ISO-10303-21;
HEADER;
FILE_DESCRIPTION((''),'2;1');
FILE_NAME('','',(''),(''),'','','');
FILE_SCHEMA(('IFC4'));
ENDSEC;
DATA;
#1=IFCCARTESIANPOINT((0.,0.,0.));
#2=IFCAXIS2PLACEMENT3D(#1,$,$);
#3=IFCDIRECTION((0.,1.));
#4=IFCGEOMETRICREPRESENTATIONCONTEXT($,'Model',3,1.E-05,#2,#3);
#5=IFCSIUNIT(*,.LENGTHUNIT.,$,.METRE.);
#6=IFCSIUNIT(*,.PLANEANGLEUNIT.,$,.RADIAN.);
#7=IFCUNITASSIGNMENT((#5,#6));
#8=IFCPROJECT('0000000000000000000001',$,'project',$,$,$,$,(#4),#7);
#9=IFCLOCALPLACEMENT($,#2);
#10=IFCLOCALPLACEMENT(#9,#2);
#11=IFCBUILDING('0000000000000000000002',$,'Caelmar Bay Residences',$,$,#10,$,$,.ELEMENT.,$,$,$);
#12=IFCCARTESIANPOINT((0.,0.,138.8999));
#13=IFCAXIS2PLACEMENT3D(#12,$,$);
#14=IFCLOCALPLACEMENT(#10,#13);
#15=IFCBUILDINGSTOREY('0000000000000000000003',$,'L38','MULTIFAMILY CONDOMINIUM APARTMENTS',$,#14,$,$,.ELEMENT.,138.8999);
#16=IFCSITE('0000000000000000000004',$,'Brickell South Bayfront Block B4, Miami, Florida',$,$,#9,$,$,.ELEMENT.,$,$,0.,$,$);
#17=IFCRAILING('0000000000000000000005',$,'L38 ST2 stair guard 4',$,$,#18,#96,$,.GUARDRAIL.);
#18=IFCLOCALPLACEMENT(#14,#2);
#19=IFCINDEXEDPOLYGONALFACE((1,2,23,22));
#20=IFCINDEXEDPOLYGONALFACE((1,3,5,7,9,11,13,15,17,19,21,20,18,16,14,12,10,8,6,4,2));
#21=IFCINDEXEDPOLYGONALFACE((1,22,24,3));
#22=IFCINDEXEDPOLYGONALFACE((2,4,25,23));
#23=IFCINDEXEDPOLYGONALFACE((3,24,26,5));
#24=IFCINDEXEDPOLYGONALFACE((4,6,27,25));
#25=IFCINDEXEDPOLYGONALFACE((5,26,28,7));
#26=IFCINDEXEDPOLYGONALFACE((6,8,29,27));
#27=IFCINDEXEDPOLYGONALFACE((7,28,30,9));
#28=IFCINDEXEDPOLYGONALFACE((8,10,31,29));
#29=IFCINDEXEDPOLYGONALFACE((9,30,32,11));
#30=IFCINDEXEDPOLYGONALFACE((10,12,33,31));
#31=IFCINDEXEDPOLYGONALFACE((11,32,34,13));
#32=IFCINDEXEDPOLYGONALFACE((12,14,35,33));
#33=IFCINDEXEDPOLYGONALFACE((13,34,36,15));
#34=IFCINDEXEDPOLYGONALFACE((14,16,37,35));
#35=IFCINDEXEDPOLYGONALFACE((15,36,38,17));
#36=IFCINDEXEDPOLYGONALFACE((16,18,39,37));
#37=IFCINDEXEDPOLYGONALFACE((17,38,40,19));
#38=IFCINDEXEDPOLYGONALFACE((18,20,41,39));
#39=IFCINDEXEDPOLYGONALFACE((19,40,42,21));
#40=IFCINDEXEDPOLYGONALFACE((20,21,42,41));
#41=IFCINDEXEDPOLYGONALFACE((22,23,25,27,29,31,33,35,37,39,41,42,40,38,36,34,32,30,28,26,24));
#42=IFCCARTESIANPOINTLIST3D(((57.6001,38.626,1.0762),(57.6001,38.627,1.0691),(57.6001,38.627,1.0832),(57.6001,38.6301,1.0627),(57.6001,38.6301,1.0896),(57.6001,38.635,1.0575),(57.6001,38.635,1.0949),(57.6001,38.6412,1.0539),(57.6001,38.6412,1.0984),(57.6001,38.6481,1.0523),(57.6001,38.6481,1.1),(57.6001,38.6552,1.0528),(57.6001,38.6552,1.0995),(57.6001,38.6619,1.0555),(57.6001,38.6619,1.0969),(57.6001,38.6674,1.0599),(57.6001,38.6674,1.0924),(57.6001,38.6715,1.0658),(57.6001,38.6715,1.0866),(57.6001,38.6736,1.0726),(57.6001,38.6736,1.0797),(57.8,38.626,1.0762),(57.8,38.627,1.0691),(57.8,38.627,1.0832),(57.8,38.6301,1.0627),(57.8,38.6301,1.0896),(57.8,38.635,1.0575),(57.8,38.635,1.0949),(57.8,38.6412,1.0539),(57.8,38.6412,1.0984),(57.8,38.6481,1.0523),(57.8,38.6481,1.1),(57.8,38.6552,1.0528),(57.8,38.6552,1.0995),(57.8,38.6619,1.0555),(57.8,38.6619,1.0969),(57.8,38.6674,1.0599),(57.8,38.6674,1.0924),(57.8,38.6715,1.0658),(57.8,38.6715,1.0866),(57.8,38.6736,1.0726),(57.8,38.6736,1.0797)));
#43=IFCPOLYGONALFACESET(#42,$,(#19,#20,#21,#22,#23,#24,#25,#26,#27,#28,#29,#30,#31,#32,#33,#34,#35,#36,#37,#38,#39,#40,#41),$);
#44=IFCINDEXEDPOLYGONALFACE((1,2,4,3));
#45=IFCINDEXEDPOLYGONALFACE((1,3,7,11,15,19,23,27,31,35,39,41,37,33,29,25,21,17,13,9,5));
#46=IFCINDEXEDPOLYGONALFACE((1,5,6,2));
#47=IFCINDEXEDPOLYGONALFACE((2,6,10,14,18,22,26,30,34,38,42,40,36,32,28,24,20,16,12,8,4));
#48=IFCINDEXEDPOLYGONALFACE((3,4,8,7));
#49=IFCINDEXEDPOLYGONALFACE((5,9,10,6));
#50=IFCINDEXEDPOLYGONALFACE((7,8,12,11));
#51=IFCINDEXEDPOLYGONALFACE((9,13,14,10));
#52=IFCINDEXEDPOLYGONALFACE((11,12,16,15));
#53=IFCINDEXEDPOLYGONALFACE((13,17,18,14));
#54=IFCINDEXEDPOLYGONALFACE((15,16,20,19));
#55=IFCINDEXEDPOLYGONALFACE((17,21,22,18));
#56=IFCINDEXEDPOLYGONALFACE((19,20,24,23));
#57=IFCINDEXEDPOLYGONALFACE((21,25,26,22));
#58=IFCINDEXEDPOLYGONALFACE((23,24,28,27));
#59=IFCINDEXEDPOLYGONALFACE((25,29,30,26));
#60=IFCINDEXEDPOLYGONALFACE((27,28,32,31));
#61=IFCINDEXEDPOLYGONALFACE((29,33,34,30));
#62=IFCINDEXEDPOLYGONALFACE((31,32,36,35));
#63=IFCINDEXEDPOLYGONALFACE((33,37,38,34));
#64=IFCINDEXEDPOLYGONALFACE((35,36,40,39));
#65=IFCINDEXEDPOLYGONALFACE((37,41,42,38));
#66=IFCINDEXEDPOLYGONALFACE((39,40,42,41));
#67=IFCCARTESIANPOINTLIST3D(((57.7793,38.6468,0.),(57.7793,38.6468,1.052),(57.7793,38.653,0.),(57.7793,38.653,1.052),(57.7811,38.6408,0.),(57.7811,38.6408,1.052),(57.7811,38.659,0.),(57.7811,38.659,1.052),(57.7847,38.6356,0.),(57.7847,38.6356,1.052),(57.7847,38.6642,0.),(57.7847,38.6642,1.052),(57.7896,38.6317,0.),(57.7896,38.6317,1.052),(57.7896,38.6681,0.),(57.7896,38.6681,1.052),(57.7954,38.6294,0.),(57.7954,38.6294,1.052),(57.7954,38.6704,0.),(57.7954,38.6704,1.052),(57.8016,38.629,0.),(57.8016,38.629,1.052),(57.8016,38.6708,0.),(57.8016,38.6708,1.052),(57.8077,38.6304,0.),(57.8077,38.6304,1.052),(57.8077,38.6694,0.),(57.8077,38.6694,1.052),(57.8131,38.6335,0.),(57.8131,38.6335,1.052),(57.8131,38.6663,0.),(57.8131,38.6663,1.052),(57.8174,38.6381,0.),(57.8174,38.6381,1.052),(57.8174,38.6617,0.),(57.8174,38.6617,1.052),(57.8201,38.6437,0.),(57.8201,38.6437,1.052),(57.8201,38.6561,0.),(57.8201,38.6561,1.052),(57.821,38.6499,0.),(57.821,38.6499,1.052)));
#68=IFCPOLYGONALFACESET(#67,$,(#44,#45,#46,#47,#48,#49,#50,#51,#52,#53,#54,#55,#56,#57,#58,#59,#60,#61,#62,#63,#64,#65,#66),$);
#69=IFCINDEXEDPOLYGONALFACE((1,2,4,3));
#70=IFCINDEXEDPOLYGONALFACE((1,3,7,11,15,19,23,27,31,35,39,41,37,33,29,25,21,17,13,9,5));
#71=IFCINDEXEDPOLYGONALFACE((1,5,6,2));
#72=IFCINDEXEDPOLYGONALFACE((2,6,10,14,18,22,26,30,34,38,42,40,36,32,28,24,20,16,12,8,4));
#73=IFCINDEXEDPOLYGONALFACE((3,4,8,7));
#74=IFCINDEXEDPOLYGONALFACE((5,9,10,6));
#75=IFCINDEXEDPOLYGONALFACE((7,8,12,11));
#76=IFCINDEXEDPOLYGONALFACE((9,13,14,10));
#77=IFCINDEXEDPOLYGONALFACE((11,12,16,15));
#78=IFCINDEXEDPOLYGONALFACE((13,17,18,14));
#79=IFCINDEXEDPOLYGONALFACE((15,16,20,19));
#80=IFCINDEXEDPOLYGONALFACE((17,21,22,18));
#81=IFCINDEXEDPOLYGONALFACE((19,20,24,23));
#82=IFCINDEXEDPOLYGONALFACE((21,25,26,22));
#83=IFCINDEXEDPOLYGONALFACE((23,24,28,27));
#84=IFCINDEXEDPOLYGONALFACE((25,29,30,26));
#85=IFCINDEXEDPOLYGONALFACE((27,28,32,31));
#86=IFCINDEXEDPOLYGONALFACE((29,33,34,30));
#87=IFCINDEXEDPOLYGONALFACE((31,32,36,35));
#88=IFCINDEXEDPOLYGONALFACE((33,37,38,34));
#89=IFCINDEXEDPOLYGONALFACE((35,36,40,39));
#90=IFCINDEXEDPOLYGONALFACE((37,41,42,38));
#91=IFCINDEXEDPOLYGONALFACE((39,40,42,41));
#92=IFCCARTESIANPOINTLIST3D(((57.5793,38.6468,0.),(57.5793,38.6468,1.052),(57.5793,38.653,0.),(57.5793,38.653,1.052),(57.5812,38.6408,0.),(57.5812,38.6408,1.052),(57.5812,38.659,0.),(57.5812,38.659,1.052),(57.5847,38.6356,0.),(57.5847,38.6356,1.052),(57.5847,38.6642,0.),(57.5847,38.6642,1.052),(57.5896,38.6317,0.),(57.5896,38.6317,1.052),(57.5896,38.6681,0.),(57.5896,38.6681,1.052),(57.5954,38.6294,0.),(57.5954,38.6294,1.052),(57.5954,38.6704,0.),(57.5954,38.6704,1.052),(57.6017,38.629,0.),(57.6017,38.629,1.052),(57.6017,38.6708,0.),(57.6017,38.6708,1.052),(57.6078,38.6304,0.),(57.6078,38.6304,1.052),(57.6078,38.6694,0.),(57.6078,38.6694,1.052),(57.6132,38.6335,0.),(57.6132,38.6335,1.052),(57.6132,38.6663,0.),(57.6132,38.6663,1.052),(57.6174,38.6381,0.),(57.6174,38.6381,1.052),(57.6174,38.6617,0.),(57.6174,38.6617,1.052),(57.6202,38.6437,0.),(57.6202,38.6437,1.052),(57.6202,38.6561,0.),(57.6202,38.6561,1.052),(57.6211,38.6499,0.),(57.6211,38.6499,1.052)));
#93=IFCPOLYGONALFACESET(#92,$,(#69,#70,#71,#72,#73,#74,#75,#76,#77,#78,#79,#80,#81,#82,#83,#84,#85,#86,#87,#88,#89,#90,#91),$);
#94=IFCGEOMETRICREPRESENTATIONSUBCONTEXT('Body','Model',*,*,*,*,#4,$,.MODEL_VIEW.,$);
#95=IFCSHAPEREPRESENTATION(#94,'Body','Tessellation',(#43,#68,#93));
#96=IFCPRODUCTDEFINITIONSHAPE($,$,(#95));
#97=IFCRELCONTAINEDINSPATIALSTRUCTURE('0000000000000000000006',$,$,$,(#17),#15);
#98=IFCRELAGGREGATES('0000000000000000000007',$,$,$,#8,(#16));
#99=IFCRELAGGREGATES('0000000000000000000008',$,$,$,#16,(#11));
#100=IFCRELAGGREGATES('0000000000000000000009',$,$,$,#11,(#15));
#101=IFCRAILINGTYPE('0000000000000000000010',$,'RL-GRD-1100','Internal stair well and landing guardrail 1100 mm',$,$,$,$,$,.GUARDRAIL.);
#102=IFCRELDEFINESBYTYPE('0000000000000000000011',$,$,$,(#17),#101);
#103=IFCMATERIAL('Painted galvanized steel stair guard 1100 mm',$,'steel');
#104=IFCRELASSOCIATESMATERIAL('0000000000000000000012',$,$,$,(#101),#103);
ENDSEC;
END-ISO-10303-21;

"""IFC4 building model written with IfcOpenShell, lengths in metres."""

from ifc_helpers import new_model, si_unit, direction, frame, origin, origin_2d, place, context, subcontext, project, spatial, circle, extrude, material, type_object, element, save


model = new_model("IFC4")

# Units and contexts
model_context = context("Model", 3, precision=1e-05, world=origin(), true_north=direction((0.0, 1.0)))
body_context = subcontext(model_context, "Body", "Model", "MODEL_VIEW")
ifc_project = project(units=[si_unit("LENGTHUNIT", "METRE"), si_unit("PLANEANGLEUNIT", "RADIAN")], contexts=[model_context])

# Site, building, storey
site_placement = place(None, origin())
site = spatial("IfcSite", under=ifc_project, at=site_placement, Name="Brickell South Bayfront Block B4, Miami, Florida", CompositionType="ELEMENT", RefElevation=0.0)
building_placement = place(site_placement, origin())
building = spatial("IfcBuilding", under=site, at=building_placement, Name="Caelmar Bay Residences", CompositionType="ELEMENT")
storey_placement = place(building_placement, frame((0.0, 0.0, 138.8999)))
storey = spatial("IfcBuildingStorey", under=building, at=storey_placement, Name="L38", Description="MULTIFAMILY CONDOMINIUM APARTMENTS", CompositionType="ELEMENT", Elevation=138.8999)

# Railing
ifc_material_1 = material(Name="Painted galvanized steel stair guard 1100 mm", Category="steel")
railing_type_1 = type_object("IfcRailingType", Name="RL-GRD-1100", Description="Internal stair well and landing guardrail 1100 mm", PredefinedType="GUARDRAIL", material=ifc_material_1)
railing_1_placement = place(storey_placement, frame((57.8, 38.6499, 0.0)))
element("IfcRailing", 1, at=railing_1_placement, inside=storey, type_object=railing_type_1, Name="L38 ST2 stair guard 4", PredefinedType="GUARDRAIL", context=body_context, shape_type="SweptSolid", body=[
    extrude(circle(Radius=0.0239, at=origin_2d()), frame((0.0, 0.0, 1.0762), z_axis=(-1.0, 0.0, 0.0), x_axis=(0.0, -1.0, 0.0)), (0.0, 0.0, 1.0), 0.2),
    extrude(circle(Radius=0.021, at=origin_2d()), origin(), (0.0, 0.0, 1.0), 1.052),
    extrude(circle(Radius=0.021, at=origin_2d()), frame((-0.2, 0.0, 0.0)), (0.0, 0.0, 1.0), 1.052),
])

save(model, "model.ifc")
